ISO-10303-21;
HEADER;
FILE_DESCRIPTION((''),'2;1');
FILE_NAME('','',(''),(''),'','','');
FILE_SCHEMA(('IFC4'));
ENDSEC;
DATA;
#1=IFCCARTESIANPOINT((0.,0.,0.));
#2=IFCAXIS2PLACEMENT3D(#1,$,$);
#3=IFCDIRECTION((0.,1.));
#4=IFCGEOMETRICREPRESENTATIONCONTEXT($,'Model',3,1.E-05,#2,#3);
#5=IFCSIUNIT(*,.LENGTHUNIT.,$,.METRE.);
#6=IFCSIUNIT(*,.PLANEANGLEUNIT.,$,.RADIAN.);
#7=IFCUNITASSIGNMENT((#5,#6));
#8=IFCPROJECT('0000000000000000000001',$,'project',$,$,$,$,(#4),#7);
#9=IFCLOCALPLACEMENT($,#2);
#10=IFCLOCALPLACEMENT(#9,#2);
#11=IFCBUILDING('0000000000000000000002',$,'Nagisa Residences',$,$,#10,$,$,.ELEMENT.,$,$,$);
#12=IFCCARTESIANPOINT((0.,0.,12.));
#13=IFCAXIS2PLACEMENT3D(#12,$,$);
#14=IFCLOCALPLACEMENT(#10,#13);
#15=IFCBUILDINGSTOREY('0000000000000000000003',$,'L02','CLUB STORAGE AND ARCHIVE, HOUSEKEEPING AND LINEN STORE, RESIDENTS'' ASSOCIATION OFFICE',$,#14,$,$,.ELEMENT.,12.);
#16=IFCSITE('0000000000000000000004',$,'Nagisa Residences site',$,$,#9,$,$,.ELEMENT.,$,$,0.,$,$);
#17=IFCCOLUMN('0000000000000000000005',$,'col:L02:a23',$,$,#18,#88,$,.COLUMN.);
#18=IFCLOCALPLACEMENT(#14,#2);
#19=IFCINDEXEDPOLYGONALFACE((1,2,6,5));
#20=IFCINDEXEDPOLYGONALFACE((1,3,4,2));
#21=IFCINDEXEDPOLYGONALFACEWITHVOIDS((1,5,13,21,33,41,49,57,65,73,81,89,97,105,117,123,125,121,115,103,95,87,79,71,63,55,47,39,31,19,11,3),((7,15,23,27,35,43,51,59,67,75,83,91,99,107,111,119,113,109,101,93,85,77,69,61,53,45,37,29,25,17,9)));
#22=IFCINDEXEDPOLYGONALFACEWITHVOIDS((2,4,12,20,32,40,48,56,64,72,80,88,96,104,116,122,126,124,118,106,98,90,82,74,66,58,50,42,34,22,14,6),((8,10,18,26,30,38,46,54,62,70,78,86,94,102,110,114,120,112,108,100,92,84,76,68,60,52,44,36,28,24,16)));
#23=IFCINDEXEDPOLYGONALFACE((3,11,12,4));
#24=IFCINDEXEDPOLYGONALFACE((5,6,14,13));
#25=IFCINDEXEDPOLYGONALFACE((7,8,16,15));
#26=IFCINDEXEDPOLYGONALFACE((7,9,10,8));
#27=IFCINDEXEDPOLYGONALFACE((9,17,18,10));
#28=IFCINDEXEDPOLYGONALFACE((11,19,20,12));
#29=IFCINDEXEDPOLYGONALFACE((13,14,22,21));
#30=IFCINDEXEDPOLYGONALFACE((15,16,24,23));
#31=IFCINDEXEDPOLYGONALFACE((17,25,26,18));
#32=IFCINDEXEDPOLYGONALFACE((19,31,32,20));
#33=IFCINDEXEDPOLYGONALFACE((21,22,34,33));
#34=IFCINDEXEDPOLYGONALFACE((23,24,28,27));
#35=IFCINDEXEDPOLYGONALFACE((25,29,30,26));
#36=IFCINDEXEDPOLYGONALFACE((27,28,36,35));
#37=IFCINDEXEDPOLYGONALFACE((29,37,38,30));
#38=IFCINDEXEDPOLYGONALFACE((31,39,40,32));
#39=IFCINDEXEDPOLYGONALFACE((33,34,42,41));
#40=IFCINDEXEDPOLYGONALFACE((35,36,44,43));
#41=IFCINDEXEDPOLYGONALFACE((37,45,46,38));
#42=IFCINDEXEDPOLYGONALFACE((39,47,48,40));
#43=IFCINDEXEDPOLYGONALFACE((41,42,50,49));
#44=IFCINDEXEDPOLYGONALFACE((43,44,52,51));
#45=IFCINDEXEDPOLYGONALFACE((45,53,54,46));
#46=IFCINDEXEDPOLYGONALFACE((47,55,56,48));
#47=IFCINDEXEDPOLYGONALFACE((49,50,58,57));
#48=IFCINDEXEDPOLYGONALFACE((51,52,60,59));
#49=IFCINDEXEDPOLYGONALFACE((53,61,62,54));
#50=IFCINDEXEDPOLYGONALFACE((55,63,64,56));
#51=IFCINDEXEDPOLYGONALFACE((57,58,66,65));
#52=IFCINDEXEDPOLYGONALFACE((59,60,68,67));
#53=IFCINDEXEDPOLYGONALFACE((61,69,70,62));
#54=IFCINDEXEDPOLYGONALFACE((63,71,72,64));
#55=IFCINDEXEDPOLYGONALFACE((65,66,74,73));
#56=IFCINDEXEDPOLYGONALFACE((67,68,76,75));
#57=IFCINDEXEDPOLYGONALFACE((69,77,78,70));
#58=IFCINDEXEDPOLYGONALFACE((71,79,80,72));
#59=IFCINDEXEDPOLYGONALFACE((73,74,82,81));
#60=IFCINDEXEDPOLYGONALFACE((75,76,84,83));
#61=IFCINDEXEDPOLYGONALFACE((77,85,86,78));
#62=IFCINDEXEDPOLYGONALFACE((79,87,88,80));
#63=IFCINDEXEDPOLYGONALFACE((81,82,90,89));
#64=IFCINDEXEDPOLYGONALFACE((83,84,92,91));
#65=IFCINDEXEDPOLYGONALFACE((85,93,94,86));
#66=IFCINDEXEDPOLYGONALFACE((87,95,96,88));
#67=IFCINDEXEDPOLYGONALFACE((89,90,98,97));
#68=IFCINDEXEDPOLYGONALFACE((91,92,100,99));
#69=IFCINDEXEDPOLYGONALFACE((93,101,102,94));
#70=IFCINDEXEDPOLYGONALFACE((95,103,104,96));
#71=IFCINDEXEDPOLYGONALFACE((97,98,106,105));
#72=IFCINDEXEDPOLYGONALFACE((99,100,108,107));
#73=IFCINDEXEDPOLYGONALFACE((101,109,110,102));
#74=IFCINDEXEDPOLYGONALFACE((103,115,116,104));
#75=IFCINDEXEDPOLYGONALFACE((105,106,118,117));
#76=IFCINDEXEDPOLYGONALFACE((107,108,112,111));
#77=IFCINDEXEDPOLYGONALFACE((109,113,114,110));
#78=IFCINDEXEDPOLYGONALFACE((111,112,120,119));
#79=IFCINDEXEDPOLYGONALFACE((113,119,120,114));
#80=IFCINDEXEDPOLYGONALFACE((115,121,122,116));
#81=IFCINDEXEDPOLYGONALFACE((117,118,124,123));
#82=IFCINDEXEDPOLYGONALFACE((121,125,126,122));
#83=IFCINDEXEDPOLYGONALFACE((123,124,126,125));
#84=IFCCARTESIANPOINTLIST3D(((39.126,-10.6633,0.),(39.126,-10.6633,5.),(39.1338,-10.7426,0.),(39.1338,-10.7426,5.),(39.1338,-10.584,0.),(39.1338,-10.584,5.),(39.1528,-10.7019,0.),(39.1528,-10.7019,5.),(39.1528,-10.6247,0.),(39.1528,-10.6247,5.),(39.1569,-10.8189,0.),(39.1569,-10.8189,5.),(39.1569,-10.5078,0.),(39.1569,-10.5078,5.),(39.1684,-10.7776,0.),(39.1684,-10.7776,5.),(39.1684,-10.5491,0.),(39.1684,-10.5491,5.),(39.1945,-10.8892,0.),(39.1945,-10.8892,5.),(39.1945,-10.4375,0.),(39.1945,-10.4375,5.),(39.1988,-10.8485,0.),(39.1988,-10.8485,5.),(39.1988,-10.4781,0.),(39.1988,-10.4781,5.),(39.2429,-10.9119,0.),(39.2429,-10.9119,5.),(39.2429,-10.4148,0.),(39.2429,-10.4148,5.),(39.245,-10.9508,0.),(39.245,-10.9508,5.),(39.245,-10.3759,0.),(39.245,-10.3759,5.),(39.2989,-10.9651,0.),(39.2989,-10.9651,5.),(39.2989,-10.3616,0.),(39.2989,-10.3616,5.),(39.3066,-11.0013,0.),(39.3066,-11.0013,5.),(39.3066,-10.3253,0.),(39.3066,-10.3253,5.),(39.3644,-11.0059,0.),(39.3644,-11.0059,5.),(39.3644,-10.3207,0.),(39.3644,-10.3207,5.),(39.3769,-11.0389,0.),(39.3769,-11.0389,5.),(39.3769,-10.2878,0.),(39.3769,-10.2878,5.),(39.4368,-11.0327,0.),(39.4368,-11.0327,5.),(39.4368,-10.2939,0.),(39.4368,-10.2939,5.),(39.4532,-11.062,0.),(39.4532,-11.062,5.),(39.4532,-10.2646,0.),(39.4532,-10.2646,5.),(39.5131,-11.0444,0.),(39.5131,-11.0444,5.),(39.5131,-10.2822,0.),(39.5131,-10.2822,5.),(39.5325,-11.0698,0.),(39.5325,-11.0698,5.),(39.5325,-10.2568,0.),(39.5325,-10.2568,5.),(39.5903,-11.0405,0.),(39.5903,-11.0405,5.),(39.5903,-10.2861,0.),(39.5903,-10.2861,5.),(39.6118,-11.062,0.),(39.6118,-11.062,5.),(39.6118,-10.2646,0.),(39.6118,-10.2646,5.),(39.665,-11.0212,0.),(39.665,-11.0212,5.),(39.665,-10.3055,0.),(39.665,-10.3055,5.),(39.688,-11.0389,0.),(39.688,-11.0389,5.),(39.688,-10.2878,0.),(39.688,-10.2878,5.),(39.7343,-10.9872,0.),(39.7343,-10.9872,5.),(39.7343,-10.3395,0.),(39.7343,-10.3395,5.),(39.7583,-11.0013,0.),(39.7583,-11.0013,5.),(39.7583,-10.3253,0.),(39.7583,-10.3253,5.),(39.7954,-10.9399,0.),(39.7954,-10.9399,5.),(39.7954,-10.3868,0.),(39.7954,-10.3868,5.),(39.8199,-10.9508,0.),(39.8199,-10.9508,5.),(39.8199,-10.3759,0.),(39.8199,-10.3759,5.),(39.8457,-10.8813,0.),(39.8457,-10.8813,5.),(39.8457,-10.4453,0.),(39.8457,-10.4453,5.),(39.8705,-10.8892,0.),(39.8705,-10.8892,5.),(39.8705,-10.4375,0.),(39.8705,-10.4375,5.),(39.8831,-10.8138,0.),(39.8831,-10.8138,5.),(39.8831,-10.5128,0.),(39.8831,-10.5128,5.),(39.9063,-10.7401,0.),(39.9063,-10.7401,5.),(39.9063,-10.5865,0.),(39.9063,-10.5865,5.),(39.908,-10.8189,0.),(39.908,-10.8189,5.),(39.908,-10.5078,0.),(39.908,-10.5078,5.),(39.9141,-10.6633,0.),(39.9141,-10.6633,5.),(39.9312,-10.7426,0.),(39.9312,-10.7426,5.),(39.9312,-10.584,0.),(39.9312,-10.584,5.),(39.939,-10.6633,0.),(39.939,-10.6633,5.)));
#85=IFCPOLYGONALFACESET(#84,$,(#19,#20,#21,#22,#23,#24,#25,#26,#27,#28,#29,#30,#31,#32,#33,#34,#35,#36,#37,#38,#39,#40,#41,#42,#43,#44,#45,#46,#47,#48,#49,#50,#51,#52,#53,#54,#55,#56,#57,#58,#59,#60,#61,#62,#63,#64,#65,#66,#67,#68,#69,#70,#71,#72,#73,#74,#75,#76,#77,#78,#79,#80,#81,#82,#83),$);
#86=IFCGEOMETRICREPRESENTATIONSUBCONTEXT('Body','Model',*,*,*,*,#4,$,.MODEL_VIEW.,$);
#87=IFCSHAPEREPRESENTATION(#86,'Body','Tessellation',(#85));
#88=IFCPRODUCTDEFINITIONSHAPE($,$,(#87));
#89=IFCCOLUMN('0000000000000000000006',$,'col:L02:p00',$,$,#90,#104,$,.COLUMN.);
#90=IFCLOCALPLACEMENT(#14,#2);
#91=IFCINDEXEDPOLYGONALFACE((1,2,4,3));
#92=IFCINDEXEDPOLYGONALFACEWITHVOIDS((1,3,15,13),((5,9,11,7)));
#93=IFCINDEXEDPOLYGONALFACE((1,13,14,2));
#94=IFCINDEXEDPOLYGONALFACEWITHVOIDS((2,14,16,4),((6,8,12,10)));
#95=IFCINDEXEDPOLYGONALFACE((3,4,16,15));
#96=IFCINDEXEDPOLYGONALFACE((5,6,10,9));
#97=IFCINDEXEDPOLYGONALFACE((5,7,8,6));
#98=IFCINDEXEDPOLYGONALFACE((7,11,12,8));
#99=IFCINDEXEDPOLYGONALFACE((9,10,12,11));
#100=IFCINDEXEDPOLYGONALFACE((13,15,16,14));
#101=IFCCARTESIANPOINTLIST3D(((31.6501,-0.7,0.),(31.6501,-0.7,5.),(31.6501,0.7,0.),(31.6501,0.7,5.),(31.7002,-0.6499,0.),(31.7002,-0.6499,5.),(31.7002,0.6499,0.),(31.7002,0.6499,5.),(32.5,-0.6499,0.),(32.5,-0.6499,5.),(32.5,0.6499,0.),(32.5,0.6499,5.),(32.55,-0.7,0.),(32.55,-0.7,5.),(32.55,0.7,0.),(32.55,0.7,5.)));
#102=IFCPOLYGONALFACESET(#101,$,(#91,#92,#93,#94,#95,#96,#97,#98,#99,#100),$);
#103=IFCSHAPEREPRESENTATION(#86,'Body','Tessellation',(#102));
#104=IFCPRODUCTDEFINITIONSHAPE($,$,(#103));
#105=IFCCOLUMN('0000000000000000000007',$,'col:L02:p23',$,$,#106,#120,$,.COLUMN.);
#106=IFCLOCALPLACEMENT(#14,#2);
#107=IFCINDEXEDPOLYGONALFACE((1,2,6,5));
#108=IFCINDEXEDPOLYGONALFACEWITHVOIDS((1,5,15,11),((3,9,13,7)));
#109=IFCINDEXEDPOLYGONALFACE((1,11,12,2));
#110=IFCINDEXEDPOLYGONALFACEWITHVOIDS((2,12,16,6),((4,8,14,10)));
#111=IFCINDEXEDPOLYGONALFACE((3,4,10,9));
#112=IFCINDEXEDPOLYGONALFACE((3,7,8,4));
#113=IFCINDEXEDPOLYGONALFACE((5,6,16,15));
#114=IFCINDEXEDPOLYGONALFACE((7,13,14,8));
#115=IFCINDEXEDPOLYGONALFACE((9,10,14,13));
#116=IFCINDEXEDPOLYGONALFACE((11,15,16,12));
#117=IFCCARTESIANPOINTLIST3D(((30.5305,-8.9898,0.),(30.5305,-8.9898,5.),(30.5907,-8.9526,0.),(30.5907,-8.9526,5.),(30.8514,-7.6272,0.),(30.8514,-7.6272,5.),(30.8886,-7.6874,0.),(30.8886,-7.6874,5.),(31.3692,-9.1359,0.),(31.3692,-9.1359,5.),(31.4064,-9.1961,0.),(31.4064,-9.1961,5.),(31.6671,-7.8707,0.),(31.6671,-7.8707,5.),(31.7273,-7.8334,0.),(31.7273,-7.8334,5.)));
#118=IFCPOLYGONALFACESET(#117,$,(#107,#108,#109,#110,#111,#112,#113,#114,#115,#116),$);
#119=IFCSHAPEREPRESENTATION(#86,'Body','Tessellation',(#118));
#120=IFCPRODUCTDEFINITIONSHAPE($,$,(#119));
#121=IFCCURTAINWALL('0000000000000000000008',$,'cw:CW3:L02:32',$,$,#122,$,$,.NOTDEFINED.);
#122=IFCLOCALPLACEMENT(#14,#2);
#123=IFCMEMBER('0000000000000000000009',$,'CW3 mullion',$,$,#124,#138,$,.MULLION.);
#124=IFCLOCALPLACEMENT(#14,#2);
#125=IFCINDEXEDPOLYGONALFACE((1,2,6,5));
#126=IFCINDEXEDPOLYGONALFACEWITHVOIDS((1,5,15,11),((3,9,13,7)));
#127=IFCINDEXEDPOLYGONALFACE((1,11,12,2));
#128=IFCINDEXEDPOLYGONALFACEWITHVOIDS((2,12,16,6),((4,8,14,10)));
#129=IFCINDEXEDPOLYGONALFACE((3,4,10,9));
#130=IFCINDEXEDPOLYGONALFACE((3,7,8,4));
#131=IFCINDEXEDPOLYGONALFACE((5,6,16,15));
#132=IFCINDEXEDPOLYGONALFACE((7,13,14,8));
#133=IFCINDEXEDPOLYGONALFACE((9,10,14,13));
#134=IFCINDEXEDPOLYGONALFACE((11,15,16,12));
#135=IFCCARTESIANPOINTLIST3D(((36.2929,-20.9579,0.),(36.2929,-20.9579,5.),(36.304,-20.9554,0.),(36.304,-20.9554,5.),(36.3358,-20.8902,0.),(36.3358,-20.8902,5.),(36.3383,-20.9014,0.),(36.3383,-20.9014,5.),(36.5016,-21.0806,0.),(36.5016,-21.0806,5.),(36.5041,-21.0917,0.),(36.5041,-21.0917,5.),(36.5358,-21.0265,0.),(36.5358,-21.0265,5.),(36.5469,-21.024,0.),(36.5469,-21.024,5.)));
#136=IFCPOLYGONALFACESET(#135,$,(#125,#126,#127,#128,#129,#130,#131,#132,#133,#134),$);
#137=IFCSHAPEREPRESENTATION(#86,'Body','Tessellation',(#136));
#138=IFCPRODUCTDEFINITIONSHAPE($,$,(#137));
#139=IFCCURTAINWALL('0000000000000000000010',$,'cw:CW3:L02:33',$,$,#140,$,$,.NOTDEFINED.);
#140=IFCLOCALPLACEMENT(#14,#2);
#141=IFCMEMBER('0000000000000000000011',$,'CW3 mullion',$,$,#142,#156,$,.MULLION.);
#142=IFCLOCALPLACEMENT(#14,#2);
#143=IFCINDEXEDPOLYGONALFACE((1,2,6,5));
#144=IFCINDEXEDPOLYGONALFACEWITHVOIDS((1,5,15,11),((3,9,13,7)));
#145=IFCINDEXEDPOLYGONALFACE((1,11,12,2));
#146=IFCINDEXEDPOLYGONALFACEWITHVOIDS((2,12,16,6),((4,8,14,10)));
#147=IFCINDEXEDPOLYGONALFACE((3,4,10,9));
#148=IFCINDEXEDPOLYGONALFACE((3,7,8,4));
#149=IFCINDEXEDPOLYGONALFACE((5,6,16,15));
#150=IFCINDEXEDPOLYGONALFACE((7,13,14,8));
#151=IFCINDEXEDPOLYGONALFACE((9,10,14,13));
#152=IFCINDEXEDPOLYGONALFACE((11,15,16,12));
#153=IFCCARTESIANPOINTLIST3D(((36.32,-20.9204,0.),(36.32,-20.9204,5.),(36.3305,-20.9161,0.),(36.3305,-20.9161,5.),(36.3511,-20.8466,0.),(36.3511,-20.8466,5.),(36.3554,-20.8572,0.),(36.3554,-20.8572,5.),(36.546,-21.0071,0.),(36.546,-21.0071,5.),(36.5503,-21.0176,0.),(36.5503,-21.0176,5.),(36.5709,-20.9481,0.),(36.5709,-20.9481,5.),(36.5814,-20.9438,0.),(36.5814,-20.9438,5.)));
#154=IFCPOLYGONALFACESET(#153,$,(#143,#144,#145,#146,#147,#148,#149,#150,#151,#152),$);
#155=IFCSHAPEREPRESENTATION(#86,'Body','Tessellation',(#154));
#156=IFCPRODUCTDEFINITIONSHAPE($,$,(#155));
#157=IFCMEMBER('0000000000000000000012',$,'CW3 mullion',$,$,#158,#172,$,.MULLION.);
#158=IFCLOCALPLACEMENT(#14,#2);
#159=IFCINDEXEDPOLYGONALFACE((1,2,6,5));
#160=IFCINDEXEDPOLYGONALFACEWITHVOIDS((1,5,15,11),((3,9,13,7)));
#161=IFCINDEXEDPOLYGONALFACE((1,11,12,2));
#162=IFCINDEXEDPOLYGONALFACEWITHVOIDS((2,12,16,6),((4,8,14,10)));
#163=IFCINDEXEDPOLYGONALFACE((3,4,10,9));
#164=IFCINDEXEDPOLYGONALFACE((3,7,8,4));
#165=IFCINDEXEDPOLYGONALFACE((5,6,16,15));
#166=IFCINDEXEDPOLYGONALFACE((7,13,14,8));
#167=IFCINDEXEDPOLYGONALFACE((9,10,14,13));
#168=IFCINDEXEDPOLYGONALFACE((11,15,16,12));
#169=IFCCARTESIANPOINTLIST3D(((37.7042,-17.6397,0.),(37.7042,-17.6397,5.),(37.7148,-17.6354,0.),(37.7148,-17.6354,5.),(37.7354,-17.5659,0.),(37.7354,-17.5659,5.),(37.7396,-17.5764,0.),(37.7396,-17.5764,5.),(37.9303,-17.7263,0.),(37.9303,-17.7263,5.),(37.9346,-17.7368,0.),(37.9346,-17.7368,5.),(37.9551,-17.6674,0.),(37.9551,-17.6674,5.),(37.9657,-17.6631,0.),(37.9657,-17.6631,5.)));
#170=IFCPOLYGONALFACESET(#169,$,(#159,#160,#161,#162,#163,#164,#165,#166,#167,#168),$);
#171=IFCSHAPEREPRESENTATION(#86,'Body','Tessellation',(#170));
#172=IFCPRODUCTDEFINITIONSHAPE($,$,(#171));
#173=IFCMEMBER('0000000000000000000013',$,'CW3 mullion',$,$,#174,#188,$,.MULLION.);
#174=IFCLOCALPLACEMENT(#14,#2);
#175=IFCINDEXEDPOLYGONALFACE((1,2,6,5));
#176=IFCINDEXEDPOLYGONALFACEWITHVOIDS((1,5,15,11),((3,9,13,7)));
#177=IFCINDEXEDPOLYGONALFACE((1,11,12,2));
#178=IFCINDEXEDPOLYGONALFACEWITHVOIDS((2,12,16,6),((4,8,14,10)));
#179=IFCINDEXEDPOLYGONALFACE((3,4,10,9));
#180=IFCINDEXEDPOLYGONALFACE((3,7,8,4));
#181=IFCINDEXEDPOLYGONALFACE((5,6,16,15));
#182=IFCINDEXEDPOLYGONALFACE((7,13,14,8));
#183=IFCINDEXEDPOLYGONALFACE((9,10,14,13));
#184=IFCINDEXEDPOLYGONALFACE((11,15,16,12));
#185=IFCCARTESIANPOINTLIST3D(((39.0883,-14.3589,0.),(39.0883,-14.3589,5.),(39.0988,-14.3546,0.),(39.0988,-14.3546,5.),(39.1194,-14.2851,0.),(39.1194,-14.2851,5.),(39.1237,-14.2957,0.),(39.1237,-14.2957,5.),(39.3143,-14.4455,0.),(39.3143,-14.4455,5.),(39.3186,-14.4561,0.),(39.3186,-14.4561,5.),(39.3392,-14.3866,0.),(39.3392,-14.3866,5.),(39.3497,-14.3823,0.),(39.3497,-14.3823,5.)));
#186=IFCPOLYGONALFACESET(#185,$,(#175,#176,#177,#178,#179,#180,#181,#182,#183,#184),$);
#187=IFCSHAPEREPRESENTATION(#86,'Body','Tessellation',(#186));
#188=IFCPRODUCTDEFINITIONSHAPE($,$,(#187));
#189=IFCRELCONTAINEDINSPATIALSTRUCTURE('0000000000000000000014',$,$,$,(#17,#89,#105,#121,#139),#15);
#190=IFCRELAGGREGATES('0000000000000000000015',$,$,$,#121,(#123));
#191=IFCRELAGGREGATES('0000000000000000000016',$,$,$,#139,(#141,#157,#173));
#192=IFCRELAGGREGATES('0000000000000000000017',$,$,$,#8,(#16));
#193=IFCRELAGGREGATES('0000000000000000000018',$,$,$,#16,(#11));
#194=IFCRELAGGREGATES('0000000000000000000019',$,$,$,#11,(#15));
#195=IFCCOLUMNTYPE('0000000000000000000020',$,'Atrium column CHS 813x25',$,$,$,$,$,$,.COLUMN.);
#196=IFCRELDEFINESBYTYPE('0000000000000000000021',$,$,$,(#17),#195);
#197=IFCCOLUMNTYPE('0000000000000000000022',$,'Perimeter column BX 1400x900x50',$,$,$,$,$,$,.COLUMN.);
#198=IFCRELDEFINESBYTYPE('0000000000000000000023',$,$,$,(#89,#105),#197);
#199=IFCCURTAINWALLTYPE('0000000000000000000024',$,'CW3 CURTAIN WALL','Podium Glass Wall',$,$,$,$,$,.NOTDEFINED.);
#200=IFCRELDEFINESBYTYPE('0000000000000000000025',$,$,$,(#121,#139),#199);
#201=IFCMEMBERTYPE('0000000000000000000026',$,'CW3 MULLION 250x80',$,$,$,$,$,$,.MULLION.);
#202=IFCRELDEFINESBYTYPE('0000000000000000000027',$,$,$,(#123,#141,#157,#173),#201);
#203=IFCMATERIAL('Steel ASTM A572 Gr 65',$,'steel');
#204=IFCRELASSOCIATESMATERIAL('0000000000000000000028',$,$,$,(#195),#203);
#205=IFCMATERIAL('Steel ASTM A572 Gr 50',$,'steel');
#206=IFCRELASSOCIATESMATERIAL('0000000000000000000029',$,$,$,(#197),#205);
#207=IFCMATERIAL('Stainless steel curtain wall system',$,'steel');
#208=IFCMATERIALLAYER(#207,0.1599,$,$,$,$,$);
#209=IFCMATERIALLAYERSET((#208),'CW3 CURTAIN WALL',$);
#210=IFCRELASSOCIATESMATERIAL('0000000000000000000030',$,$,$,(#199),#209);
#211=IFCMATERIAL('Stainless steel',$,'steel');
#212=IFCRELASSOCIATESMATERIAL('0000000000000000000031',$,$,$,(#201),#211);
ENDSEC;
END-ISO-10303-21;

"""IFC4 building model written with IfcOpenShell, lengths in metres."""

from ifc_helpers import new_model, si_unit, direction, frame, origin, origin_2d, place, context, subcontext, project, spatial, hollow_rectangle, hollow_circle, extrude, material, layer, layer_set, material_profile, profile_set, type_object, element, aggregate, save


model = new_model("IFC4")

# Units and contexts
model_context = context("Model", 3, precision=1e-05, world=origin(), true_north=direction((0.0, 1.0)))
body_context = subcontext(model_context, "Body", "Model", "MODEL_VIEW")
ifc_project = project(units=[si_unit("LENGTHUNIT", "METRE"), si_unit("PLANEANGLEUNIT", "RADIAN")], contexts=[model_context])

# Site, building, storey
site_placement = place(None, origin())
site = spatial("IfcSite", under=ifc_project, at=site_placement, Name="Nagisa Residences site", CompositionType="ELEMENT", RefElevation=0.0)
building_placement = place(site_placement, origin())
building = spatial("IfcBuilding", under=site, at=building_placement, Name="Nagisa Residences", CompositionType="ELEMENT")
storey_placement = place(building_placement, frame((0.0, 0.0, 12.0)))
storey = spatial("IfcBuildingStorey", under=building, at=storey_placement, Name="L02", Description="CLUB STORAGE AND ARCHIVE, HOUSEKEEPING AND LINEN STORE, RESIDENTS' ASSOCIATION OFFICE", CompositionType="ELEMENT", Elevation=12.0)

# Columns
ifc_material_1 = material(Name="Steel ASTM A572 Gr 65", Category="steel")
ifc_material_profile_1 = material_profile(ifc_material_1, hollow_circle(Radius=0.4065, WallThickness=0.0249, at=origin_2d()), Name="CHS 813x25")
ifc_profile_set_1 = profile_set([ifc_material_profile_1], Name="Steel ASTM A572 Gr 65")
column_type_1 = type_object("IfcColumnType", Name="Atrium column CHS 813x25", PredefinedType="COLUMN", material=ifc_profile_set_1)
for number, where, z_axis, x_axis, name in (
    (1, (39.5325, -10.6633, 0.0), (0.0, 0.0, 1.0), (1.0, 0.0, 0.0), "col:L02:a23"),
):
    element("IfcColumn", number, at=place(storey_placement, frame(where, z_axis=z_axis, x_axis=x_axis)), inside=storey, type_object=column_type_1, Name=name, PredefinedType="COLUMN", context=body_context, shape_type="SweptSolid", body=[
        extrude(hollow_circle(Radius=0.4065, WallThickness=0.0249, at=origin_2d()), origin(), (0.0, 0.0, 1.0), 5.0),
    ])
ifc_material_2 = material(Name="Steel ASTM A572 Gr 50", Category="steel")
ifc_material_profile_2 = material_profile(ifc_material_2, hollow_rectangle(XDim=1.3999, YDim=0.8999, WallThickness=0.05, at=origin_2d()), Name="BX 1400x900x50")
ifc_profile_set_2 = profile_set([ifc_material_profile_2], Name="Steel ASTM A572 Gr 50")
column_type_2 = type_object("IfcColumnType", Name="Perimeter column BX 1400x900x50", PredefinedType="COLUMN", material=ifc_profile_set_2)
for number, where, z_axis, x_axis, name in (
    (2, (32.1001, 0.0, 0.0), (0.0, 0.0, 1.0), (0.0, 1.0, 0.0), "col:L02:p00"),
    (3, (31.1289, -8.4116, 0.0), (0.0, 0.0, 1.0), (0.229202, 0.973379, 0.0), "col:L02:p23"),
):
    element("IfcColumn", number, at=place(storey_placement, frame(where, z_axis=z_axis, x_axis=x_axis)), inside=storey, type_object=column_type_2, Name=name, PredefinedType="COLUMN", context=body_context, shape_type="SweptSolid", body=[
        extrude(hollow_rectangle(XDim=1.3999, YDim=0.8999, WallThickness=0.05, at=origin_2d()), origin(), (0.0, 0.0, 1.0), 5.0),
    ])

# Curtain wall, member
ifc_material_3 = material(Name="Stainless steel curtain wall system", Category="steel")
ifc_layer_1 = layer(ifc_material_3, 0.1599)
ifc_layer_set_1 = layer_set([ifc_layer_1], Name="CW3 CURTAIN WALL")
curtain_wall_type_1 = type_object("IfcCurtainWallType", Name="CW3 CURTAIN WALL", Description="Podium Glass Wall", PredefinedType="NOTDEFINED", material=ifc_layer_set_1)
curtain_wall_1_placement = place(storey_placement, origin())
curtain_wall_1 = element("IfcCurtainWall", 4, at=curtain_wall_1_placement, inside=storey, type_object=curtain_wall_type_1, Name="cw:CW3:L02:32", PredefinedType="NOTDEFINED")
ifc_material_4 = material(Name="Stainless steel", Category="steel")
ifc_material_profile_3 = material_profile(ifc_material_4, hollow_rectangle(XDim=0.25, YDim=0.0801, WallThickness=0.0081, at=origin_2d()), Name="CW3 MULLION 250x80")
ifc_profile_set_3 = profile_set([ifc_material_profile_3], Name="Stainless steel")
member_type_1 = type_object("IfcMemberType", Name="CW3 MULLION 250x80", PredefinedType="MULLION", material=ifc_profile_set_3)
member_1_placement = place(storey_placement, frame((36.4199, -20.991, 0.0), z_axis=(0.0, 0.0, 1.0), x_axis=(-0.844747, 0.535165, 0.0)))
member_1 = element("IfcMember", 5, at=member_1_placement, type_object=member_type_1, Name="CW3 mullion", PredefinedType="MULLION", context=body_context, shape_type="SweptSolid", body=[
    extrude(hollow_rectangle(XDim=0.25, YDim=0.0801, WallThickness=0.0081, at=origin_2d()), origin(), (0.0, 0.0, 1.0), 5.0),
])
aggregate(curtain_wall_1, [member_1])

# Curtain wall, members
curtain_wall_2_placement = place(storey_placement, origin())
curtain_wall_2 = element("IfcCurtainWall", 6, at=curtain_wall_2_placement, inside=storey, type_object=curtain_wall_type_1, Name="cw:CW3:L02:33", PredefinedType="NOTDEFINED")
member_2_placement = place(storey_placement, frame((36.4507, -20.9321, 0.0), z_axis=(0.0, 0.0, 1.0), x_axis=(-0.921357, 0.388718, 0.0)))
member_2 = element("IfcMember", 7, at=member_2_placement, type_object=member_type_1, Name="CW3 mullion", PredefinedType="MULLION", context=body_context, shape_type="SweptSolid", body=[
    extrude(hollow_rectangle(XDim=0.25, YDim=0.0801, WallThickness=0.0081, at=origin_2d()), origin(), (0.0, 0.0, 1.0), 5.0),
])
member_3_placement = place(storey_placement, frame((37.835, -17.6514, 0.0), z_axis=(0.0, 0.0, 1.0), x_axis=(-0.921357, 0.388718, 0.0)))
member_3 = element("IfcMember", 8, at=member_3_placement, type_object=member_type_1, Name="CW3 mullion", PredefinedType="MULLION", context=body_context, shape_type="SweptSolid", body=[
    extrude(hollow_rectangle(XDim=0.25, YDim=0.0801, WallThickness=0.0081, at=origin_2d()), origin(), (0.0, 0.0, 1.0), 5.0),
])
member_4_placement = place(storey_placement, frame((39.219, -14.3706, 0.0), z_axis=(0.0, 0.0, 1.0), x_axis=(-0.921357, 0.388718, 0.0)))
member_4 = element("IfcMember", 9, at=member_4_placement, type_object=member_type_1, Name="CW3 mullion", PredefinedType="MULLION", context=body_context, shape_type="SweptSolid", body=[
    extrude(hollow_rectangle(XDim=0.25, YDim=0.0801, WallThickness=0.0081, at=origin_2d()), origin(), (0.0, 0.0, 1.0), 5.0),
])

aggregate(curtain_wall_2, [member_2, member_3, member_4])

save(model, "model.ifc")
